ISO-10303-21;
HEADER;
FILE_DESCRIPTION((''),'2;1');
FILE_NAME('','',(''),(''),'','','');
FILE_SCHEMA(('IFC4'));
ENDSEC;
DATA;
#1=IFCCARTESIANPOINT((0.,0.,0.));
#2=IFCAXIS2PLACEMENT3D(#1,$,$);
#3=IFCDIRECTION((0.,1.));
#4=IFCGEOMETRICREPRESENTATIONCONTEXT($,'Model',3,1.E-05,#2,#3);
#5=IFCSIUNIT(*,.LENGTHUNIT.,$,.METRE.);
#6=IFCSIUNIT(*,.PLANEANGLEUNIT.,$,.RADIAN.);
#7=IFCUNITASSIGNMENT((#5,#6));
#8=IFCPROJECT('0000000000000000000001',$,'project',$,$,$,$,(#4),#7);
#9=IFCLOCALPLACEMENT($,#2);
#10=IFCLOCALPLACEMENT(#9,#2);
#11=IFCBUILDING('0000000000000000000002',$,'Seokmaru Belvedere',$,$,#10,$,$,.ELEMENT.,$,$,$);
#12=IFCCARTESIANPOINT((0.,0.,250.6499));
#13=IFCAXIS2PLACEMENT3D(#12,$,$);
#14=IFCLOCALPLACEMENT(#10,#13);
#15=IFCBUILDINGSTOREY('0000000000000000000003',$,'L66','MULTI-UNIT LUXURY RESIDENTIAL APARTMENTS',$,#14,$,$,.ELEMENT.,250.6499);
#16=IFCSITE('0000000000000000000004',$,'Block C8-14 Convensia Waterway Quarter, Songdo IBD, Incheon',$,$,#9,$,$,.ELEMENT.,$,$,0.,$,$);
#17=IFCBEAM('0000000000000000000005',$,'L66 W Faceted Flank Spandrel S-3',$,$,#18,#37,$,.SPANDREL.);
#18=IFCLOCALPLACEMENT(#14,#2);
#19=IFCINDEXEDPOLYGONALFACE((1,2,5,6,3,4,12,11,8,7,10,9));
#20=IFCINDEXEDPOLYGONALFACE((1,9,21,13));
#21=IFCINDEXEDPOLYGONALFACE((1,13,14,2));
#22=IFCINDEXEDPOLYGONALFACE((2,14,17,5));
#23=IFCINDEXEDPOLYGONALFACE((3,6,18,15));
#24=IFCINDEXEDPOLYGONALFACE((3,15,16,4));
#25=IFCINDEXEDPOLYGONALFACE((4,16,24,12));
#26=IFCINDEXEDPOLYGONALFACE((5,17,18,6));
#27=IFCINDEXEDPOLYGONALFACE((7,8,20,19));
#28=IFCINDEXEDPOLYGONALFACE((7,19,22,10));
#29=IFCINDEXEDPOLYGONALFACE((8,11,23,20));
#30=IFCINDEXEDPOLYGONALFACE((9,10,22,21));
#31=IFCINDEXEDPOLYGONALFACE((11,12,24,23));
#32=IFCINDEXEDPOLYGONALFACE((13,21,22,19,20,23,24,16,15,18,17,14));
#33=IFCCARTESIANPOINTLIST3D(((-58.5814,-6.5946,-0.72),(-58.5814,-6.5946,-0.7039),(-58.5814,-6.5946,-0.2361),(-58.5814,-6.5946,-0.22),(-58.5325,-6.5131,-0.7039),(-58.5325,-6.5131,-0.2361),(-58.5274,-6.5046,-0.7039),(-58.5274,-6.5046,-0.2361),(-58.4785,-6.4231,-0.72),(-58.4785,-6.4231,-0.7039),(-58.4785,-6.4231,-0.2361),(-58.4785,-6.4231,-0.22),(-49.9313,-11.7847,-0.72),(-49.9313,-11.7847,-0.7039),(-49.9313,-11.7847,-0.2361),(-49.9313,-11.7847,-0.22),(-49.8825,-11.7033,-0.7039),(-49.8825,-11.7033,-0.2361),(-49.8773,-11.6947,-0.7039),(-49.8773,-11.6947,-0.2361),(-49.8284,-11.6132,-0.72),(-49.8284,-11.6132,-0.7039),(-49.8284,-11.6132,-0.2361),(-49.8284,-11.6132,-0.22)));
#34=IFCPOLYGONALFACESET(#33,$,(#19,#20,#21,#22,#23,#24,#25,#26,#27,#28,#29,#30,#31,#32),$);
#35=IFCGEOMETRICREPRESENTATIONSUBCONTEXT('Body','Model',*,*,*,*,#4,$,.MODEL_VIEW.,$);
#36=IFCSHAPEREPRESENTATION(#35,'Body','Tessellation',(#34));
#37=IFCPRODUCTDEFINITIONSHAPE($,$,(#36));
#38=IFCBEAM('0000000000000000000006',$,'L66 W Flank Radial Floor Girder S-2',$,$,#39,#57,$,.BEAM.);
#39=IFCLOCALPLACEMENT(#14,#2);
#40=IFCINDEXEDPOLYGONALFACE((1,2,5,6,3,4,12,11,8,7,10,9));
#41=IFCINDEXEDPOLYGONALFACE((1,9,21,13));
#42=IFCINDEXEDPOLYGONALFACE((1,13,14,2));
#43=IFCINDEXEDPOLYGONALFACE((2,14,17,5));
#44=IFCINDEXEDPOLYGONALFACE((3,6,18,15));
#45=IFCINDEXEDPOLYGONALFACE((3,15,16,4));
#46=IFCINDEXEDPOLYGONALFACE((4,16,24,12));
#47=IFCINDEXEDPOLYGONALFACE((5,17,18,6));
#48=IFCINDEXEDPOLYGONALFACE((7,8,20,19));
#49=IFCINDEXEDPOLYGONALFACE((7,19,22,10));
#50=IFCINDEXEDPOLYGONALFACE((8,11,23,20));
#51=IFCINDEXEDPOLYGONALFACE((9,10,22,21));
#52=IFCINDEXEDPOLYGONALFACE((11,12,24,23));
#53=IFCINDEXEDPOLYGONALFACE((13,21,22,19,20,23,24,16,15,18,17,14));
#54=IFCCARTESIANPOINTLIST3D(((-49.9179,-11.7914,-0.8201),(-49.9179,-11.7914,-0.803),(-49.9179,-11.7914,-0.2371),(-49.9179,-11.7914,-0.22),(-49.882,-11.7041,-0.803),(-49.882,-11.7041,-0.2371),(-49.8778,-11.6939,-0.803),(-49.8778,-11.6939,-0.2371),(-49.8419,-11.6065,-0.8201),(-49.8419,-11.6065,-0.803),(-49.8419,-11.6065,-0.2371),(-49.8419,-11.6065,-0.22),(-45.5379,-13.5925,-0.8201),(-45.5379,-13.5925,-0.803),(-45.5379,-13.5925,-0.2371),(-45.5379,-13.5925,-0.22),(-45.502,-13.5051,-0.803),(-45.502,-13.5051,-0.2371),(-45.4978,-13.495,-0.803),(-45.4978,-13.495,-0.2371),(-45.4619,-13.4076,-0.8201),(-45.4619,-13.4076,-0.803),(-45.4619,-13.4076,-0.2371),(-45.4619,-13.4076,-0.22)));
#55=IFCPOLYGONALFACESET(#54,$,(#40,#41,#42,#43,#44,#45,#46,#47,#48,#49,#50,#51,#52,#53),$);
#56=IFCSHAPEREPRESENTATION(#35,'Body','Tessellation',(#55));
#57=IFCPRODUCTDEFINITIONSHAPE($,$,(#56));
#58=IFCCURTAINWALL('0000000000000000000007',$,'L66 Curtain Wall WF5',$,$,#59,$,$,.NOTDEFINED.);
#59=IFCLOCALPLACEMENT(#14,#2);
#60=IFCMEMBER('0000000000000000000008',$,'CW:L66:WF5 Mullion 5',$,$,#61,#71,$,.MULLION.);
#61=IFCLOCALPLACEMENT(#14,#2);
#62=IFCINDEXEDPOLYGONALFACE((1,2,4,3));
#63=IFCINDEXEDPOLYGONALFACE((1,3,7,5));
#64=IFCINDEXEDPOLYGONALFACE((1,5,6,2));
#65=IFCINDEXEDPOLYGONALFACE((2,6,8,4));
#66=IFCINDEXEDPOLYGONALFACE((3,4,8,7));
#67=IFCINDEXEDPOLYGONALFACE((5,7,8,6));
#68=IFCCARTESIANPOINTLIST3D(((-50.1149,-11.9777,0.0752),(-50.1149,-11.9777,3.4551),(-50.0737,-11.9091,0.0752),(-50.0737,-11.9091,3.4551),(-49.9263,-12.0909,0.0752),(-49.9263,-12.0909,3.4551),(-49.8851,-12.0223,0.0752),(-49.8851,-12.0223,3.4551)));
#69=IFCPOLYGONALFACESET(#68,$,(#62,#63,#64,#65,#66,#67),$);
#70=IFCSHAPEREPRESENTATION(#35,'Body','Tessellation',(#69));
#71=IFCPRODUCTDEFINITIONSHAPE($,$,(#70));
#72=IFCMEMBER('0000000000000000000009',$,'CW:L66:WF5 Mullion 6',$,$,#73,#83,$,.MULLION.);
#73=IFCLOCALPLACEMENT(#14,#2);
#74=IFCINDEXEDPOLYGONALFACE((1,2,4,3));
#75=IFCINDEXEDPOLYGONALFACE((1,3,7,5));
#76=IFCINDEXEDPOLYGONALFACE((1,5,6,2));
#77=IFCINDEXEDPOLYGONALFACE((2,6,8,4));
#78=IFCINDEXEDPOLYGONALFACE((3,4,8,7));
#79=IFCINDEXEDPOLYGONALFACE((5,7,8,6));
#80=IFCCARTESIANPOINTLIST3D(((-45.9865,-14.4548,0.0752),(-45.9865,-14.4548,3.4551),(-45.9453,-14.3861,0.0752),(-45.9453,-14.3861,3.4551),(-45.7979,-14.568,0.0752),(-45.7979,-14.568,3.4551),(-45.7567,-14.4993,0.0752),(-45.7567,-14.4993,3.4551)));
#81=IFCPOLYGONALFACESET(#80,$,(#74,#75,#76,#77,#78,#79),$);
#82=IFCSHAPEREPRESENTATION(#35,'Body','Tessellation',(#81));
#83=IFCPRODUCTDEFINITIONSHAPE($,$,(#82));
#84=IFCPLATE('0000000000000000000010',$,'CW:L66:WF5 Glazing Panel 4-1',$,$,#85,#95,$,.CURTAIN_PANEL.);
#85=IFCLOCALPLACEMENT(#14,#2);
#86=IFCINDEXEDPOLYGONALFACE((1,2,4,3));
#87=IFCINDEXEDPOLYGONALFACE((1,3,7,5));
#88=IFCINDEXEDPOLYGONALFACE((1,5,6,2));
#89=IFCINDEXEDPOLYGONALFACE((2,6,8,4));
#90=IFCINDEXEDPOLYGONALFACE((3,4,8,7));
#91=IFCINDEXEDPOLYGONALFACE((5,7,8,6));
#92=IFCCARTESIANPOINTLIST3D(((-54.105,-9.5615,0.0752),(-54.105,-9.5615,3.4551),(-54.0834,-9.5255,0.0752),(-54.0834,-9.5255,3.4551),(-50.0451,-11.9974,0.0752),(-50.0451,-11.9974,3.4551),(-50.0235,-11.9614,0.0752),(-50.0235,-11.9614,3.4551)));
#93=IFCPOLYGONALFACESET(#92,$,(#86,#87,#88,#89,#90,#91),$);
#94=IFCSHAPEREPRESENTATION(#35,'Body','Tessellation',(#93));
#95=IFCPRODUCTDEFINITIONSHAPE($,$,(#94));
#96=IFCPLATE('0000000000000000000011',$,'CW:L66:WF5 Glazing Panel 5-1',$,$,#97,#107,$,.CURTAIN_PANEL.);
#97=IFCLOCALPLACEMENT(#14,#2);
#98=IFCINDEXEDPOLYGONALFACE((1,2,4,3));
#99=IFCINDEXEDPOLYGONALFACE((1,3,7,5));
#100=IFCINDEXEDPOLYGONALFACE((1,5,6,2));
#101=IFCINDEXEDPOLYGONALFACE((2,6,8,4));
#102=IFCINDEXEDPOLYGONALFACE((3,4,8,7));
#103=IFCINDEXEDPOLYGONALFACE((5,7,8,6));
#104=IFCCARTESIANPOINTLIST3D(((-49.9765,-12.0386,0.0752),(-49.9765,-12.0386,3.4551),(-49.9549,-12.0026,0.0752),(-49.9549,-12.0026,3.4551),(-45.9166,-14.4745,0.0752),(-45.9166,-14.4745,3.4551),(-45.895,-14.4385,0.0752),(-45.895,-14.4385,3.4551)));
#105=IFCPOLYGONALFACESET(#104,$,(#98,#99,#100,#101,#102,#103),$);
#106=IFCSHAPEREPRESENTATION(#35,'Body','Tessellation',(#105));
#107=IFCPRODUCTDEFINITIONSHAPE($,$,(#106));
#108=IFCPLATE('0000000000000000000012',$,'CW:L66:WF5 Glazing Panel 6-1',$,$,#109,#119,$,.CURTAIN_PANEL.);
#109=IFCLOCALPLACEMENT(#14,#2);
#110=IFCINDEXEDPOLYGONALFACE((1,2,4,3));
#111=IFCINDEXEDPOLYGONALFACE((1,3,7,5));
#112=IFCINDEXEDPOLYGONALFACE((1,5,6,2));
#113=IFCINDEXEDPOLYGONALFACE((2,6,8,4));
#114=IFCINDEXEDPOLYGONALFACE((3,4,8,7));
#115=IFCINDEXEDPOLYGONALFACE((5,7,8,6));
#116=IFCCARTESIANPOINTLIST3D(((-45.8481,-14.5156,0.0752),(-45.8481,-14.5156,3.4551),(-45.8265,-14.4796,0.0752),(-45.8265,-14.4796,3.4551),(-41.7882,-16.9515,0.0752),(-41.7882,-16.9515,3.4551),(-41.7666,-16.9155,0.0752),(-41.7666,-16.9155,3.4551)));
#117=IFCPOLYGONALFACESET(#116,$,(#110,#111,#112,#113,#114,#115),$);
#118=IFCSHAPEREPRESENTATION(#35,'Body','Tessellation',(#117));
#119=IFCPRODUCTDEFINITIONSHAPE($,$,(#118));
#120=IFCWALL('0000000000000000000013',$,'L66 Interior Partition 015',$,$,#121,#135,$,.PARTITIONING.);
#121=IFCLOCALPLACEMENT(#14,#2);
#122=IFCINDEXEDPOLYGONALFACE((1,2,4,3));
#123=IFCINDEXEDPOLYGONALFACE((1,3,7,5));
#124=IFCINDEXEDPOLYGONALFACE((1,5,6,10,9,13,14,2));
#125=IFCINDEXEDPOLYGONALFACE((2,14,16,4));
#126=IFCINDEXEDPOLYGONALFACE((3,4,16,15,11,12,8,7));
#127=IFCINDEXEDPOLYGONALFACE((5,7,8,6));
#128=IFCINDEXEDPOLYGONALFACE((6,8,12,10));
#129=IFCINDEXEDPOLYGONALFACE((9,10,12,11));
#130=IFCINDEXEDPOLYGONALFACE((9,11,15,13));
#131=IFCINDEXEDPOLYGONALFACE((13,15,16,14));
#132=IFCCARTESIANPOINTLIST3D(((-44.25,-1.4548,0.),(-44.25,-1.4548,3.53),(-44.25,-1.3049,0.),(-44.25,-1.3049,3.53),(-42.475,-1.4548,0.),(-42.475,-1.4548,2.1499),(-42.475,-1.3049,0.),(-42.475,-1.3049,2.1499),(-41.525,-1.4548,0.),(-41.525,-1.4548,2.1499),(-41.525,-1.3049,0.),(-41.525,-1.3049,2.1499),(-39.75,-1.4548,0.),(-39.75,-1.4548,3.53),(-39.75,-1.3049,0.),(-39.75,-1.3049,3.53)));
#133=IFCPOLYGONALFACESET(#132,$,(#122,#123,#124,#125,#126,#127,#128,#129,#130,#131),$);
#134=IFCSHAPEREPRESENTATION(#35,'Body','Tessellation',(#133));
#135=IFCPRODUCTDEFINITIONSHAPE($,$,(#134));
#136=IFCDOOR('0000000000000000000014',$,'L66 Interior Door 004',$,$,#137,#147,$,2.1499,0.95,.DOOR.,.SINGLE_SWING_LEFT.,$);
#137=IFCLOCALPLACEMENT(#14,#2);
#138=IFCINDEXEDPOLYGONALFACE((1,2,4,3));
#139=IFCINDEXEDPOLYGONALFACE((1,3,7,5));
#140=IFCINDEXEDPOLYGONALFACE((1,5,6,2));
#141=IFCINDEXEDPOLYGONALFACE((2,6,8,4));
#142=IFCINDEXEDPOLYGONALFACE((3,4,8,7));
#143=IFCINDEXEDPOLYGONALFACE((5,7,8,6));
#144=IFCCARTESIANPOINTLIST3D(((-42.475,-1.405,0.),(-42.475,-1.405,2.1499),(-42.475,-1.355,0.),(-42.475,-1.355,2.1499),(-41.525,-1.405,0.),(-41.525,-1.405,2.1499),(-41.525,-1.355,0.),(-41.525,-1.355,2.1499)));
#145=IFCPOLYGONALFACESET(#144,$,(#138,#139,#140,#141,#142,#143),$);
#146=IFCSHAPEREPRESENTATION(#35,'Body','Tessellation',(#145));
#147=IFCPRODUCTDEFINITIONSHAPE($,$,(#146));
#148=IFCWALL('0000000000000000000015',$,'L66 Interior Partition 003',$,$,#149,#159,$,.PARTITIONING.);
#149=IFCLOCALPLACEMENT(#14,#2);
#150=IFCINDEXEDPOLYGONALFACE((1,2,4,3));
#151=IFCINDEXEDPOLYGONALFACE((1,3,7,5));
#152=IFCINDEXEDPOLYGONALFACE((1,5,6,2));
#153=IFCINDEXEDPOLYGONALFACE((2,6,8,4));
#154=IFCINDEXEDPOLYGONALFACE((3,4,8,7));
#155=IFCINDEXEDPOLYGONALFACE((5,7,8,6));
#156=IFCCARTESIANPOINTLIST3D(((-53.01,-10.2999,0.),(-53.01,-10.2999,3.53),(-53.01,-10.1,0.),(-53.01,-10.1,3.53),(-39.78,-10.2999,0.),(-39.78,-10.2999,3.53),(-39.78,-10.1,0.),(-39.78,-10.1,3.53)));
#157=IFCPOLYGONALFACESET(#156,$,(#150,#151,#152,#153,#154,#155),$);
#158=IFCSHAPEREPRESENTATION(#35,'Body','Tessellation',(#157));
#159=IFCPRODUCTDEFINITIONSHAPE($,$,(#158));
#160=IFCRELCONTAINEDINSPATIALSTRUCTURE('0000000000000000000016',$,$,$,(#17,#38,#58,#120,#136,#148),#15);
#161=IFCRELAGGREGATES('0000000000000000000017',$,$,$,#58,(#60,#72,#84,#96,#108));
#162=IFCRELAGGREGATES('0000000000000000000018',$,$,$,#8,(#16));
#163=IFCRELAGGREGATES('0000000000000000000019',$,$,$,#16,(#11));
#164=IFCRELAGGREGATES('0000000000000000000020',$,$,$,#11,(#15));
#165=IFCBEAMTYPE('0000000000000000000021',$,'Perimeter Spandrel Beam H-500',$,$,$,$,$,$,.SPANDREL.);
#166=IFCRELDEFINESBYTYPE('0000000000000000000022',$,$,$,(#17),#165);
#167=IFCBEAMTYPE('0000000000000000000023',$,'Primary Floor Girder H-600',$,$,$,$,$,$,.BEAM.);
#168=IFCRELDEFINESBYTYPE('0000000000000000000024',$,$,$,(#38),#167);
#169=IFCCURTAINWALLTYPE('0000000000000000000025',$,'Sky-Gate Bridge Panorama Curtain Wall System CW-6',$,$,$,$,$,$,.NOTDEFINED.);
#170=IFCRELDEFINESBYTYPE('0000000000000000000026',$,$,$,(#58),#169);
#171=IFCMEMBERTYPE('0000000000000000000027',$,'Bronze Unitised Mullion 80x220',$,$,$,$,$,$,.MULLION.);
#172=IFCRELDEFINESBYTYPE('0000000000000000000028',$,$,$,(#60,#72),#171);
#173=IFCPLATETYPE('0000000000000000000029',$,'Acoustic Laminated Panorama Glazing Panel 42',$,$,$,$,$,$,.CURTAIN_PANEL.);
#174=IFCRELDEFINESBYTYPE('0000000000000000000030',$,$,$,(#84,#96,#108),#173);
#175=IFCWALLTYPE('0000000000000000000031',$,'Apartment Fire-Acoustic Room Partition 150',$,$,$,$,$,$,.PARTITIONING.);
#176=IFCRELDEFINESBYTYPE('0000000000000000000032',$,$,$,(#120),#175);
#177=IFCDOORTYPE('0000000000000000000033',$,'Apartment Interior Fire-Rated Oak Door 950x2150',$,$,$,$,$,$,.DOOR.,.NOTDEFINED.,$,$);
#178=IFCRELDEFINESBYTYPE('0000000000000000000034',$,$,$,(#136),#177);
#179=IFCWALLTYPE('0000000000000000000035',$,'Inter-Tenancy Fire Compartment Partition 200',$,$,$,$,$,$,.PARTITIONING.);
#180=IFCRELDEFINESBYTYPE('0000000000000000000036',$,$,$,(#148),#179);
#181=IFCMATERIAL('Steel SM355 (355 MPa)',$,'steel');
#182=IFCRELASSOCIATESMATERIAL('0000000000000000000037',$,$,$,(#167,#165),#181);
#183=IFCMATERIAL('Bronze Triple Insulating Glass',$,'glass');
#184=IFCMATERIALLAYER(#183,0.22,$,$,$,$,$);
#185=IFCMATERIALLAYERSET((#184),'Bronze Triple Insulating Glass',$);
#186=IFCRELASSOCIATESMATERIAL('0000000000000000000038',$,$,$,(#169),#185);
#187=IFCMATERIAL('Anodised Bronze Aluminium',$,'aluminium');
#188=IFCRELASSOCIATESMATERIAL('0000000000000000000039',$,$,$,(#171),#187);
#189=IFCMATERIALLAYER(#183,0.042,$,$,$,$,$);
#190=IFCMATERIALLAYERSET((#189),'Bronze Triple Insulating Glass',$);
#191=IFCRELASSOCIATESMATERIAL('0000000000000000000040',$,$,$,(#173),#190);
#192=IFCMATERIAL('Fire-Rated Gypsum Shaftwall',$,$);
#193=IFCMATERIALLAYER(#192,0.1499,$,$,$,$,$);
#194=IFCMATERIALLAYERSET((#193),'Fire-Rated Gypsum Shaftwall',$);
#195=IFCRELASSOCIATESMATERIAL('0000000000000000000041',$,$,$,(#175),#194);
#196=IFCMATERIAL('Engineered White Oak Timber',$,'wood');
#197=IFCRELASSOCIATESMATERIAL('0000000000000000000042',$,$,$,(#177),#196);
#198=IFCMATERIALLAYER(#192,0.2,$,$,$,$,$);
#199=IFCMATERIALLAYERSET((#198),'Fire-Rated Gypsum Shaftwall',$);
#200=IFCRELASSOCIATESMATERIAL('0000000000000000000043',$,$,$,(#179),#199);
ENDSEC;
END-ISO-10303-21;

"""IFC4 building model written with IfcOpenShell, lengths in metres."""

from ifc_helpers import new_model, si_unit, direction, frame, frame_2d, origin, origin_2d, place, context, subcontext, project, spatial, rectangle, i_section, extrude, source, transform, mapped, material, layer, layer_set, material_profile, profile_set, type_object, type_shapes, element, fill, aggregate, save


model = new_model("IFC4")

# Units and contexts
model_context = context("Model", 3, precision=1e-05, world=origin(), true_north=direction((0.0, 1.0)))
body_context = subcontext(model_context, "Body", "Model", "MODEL_VIEW")
ifc_project = project(units=[si_unit("LENGTHUNIT", "METRE"), si_unit("PLANEANGLEUNIT", "RADIAN")], contexts=[model_context])

# Site, building, storey
site_placement = place(None, origin())
site = spatial("IfcSite", under=ifc_project, at=site_placement, Name="Block C8-14 Convensia Waterway Quarter, Songdo IBD, Incheon", CompositionType="ELEMENT", RefElevation=0.0)
building_placement = place(site_placement, origin())
building = spatial("IfcBuilding", under=site, at=building_placement, Name="Seokmaru Belvedere", CompositionType="ELEMENT")
storey_placement = place(building_placement, frame((0.0, 0.0, 250.6499)))
storey = spatial("IfcBuildingStorey", under=building, at=storey_placement, Name="L66", Description="MULTI-UNIT LUXURY RESIDENTIAL APARTMENTS", CompositionType="ELEMENT", Elevation=250.6499)

# Shared definitions
ifc_material_1 = material(Name="Steel SM355 (355 MPa)", Category="steel")

# Beams
ifc_material_profile_1 = material_profile(ifc_material_1, i_section(OverallWidth=0.2, OverallDepth=0.6001, WebThickness=0.011, FlangeThickness=0.0171, at=origin_2d()), Name="H-600x200x11x17")
ifc_profile_set_1 = profile_set([ifc_material_profile_1], Name="Steel SM355 (355 MPa)")
beam_type_1 = type_object("IfcBeamType", Name="Primary Floor Girder H-600", PredefinedType="BEAM", material=ifc_profile_set_1)
ifc_material_profile_2 = material_profile(ifc_material_1, i_section(OverallWidth=0.2, OverallDepth=0.5, WebThickness=0.01, FlangeThickness=0.0161, at=origin_2d()), Name="H-500x200x10x16")
ifc_profile_set_2 = profile_set([ifc_material_profile_2], Name="Steel SM355 (355 MPa)")
beam_type_2 = type_object("IfcBeamType", Name="Perimeter Spandrel Beam H-500", PredefinedType="SPANDREL", material=ifc_profile_set_2)
shared_shape_1 = source(origin(), body_context, "Body", "SweptSolid", [
    extrude(i_section(OverallWidth=0.2, OverallDepth=0.5, WebThickness=0.01, FlangeThickness=0.0161, at=origin_2d()), origin(), (0.0, 0.0, 1.0), 10.0876),
])
type_shapes(beam_type_2, [shared_shape_1])
beam_1_placement = place(storey_placement, frame((-49.8799, -11.699, -0.47), z_axis=(-0.857489, 0.514503, 0.0), x_axis=(-0.514503, -0.857489, 0.0)))
element("IfcBeam", 1, at=beam_1_placement, inside=storey, type_object=beam_type_2, Name="L66 W Faceted Flank Spandrel S-3", PredefinedType="SPANDREL", context=body_context, shape_type="MappedRepresentation", body=[
    mapped(shared_shape_1, transform((0.0, 0.0, 0.0), scale=1.0)),
])
shared_shape_2 = source(origin(), body_context, "Body", "SweptSolid", [
    extrude(i_section(OverallWidth=0.2, OverallDepth=0.6001, WebThickness=0.011, FlangeThickness=0.0171, at=origin_2d()), origin(), (0.0, 0.0, 1.0), 4.7358),
])
beam_2_placement = place(storey_placement, frame((-49.8799, -11.699, -0.52), z_axis=(0.924861, -0.380306, 0.0), x_axis=(0.380306, 0.924861, 0.0)))
element("IfcBeam", 2, at=beam_2_placement, inside=storey, type_object=beam_type_1, Name="L66 W Flank Radial Floor Girder S-2", PredefinedType="BEAM", context=body_context, shape_type="MappedRepresentation", body=[
    mapped(shared_shape_2, transform((0.0, 0.0, 0.0), scale=1.0)),
])

# Curtain wall, members, plates
ifc_material_2 = material(Name="Bronze Triple Insulating Glass", Category="glass")
ifc_layer_1 = layer(ifc_material_2, 0.22)
ifc_layer_set_1 = layer_set([ifc_layer_1], Name="Bronze Triple Insulating Glass")
curtain_wall_type = type_object("IfcCurtainWallType", Name="Sky-Gate Bridge Panorama Curtain Wall System CW-6", PredefinedType="NOTDEFINED", material=ifc_layer_set_1)
curtain_wall_placement = place(storey_placement, origin())
curtain_wall = element("IfcCurtainWall", 3, at=curtain_wall_placement, inside=storey, type_object=curtain_wall_type, Name="L66 Curtain Wall WF5", PredefinedType="NOTDEFINED")
ifc_material_3 = material(Name="Anodised Bronze Aluminium", Category="aluminium")
ifc_material_profile_3 = material_profile(ifc_material_3, rectangle(XDim=0.0801, YDim=0.22, at=origin_2d()), Name="CW-M-80x220")
ifc_profile_set_3 = profile_set([ifc_material_profile_3], Name="Anodised Bronze Aluminium")
member_type = type_object("IfcMemberType", Name="Bronze Unitised Mullion 80x220", PredefinedType="MULLION", material=ifc_profile_set_3)
shared_shape_3 = source(origin(), body_context, "Body", "SweptSolid", [
    extrude(rectangle(XDim=0.0801, YDim=0.22, at=origin_2d()), origin(), (0.0, 0.0, 1.0), 3.3799),
])
type_shapes(member_type, [shared_shape_3])
member_1_placement = place(storey_placement, frame((-50.0, -12.0, 0.0752), z_axis=(0.0, 0.0, 1.0), x_axis=(0.514495, 0.857493, 0.0)))
member_1 = element("IfcMember", 4, at=member_1_placement, type_object=member_type, Name="CW:L66:WF5 Mullion 5", PredefinedType="MULLION", context=body_context, shape_type="MappedRepresentation", body=[
    mapped(shared_shape_3, transform((0.0, 0.0, 0.0), scale=1.0)),
])
member_2_placement = place(storey_placement, frame((-45.8716, -14.4771, 0.0752), z_axis=(0.0, 0.0, 1.0), x_axis=(0.514495, 0.857493, 0.0)))
member_2 = element("IfcMember", 5, at=member_2_placement, type_object=member_type, Name="CW:L66:WF5 Mullion 6", PredefinedType="MULLION", context=body_context, shape_type="MappedRepresentation", body=[
    mapped(shared_shape_3, transform((0.0, 0.0, 0.0), scale=1.0)),
])
ifc_layer_2 = layer(ifc_material_2, 0.042)
ifc_layer_set_2 = layer_set([ifc_layer_2], Name="Bronze Triple Insulating Glass")
plate_type = type_object("IfcPlateType", Name="Acoustic Laminated Panorama Glazing Panel 42", PredefinedType="CURTAIN_PANEL", material=ifc_layer_set_2)
shared_shape_4 = source(origin(), body_context, "Body", "SweptSolid", [
    extrude(rectangle(XDim=4.7346, YDim=0.042, at=origin_2d()), origin(), (0.0, 0.0, 1.0), 3.3799),
])
type_shapes(plate_type, [shared_shape_4])
plate_1_placement = place(storey_placement, frame((-52.0642, -10.7615, 0.0752), z_axis=(0.0, 0.0, 1.0), x_axis=(0.857493, -0.514495, 0.0)))
plate_1 = element("IfcPlate", 6, at=plate_1_placement, type_object=plate_type, Name="CW:L66:WF5 Glazing Panel 4-1", PredefinedType="CURTAIN_PANEL", context=body_context, shape_type="MappedRepresentation", body=[
    mapped(shared_shape_4, transform((0.0, 0.0, 0.0), scale=1.0)),
])
plate_2_placement = place(storey_placement, frame((-47.9358, -13.2385, 0.0752), z_axis=(0.0, 0.0, 1.0), x_axis=(0.857493, -0.514495, 0.0)))
plate_2 = element("IfcPlate", 7, at=plate_2_placement, type_object=plate_type, Name="CW:L66:WF5 Glazing Panel 5-1", PredefinedType="CURTAIN_PANEL", context=body_context, shape_type="MappedRepresentation", body=[
    mapped(shared_shape_4, transform((0.0, 0.0, 0.0), scale=1.0)),
])
plate_3_placement = place(storey_placement, frame((-43.8074, -15.7156, 0.0752), z_axis=(0.0, 0.0, 1.0), x_axis=(0.857493, -0.514495, 0.0)))
plate_3 = element("IfcPlate", 8, at=plate_3_placement, type_object=plate_type, Name="CW:L66:WF5 Glazing Panel 6-1", PredefinedType="CURTAIN_PANEL", context=body_context, shape_type="MappedRepresentation", body=[
    mapped(shared_shape_4, transform((0.0, 0.0, 0.0), scale=1.0)),
])
aggregate(curtain_wall, [member_1, member_2, plate_1, plate_2, plate_3])

# Wall, opening, door
ifc_material_4 = material(Name="Fire-Rated Gypsum Shaftwall")
ifc_layer_3 = layer(ifc_material_4, 0.1499)
ifc_layer_set_3 = layer_set([ifc_layer_3], Name="Fire-Rated Gypsum Shaftwall")
wall_type_1 = type_object("IfcWallType", Name="Apartment Fire-Acoustic Room Partition 150", PredefinedType="PARTITIONING", material=ifc_layer_set_3)
wall_1_placement = place(storey_placement, frame((-44.25, -1.3799, 0.0), z_axis=(0.0, 0.0, 1.0), x_axis=(1.0, 0.0, 0.0)))
wall_1 = element("IfcWall", 9, at=wall_1_placement, inside=storey, type_object=wall_type_1, Name="L66 Interior Partition 015", PredefinedType="PARTITIONING", context=body_context, shape_type="SweptSolid", body=[
    extrude(rectangle(XDim=4.5, YDim=0.1499, at=frame_2d((2.25, 0.0))), origin(), (0.0, 0.0, 1.0), 3.53),
])
opening_1_placement = place(wall_1_placement, frame((1.7749, 0.0, 0.0)))
opening_1 = element("IfcOpeningElement", 10, at=opening_1_placement, cuts=wall_1, PredefinedType="OPENING", context=body_context, shape_type="SweptSolid", body=[
    extrude(rectangle(XDim=0.95, YDim=2.1499, at=frame_2d((0.4751, 1.075))), frame((0.0, 0.085, 0.0), z_axis=(0.0, -1.0, 0.0), x_axis=(1.0, 0.0, 0.0)), (0.0, 0.0, 1.0), 0.1699),
])
ifc_material_5 = material(Name="Engineered White Oak Timber", Category="wood")
door_type_1 = type_object("IfcDoorType", Name="Apartment Interior Fire-Rated Oak Door 950x2150", OperationType="NOTDEFINED", PredefinedType="DOOR", material=ifc_material_5)
shared_shape_5 = source(origin(), body_context, "Body", "SweptSolid", [
    extrude(rectangle(XDim=0.95, YDim=2.1499, at=frame_2d((0.4751, 1.075))), frame((0.0, 0.0249, 0.0), z_axis=(0.0, -1.0, 0.0), x_axis=(1.0, 0.0, 0.0)), (0.0, 0.0, 1.0), 0.05),
])
type_shapes(door_type_1, [shared_shape_5])
door_1_placement = place(opening_1_placement, origin())
door_1 = element("IfcDoor", 11, at=door_1_placement, inside=storey, type_object=door_type_1, Name="L66 Interior Door 004", OperationType="SINGLE_SWING_LEFT", OverallHeight=2.1499, OverallWidth=0.95, PredefinedType="DOOR", context=body_context, shape_type="MappedRepresentation", body=[
    mapped(shared_shape_5, transform((0.0, 0.0, 0.0), scale=1.0)),
])
fill(opening_1, door_1)

# Wall
ifc_layer_4 = layer(ifc_material_4, 0.2)
ifc_layer_set_4 = layer_set([ifc_layer_4], Name="Fire-Rated Gypsum Shaftwall")
wall_type_2 = type_object("IfcWallType", Name="Inter-Tenancy Fire Compartment Partition 200", PredefinedType="PARTITIONING", material=ifc_layer_set_4)
wall_2_placement = place(storey_placement, frame((-53.01, -10.2, 0.0), z_axis=(0.0, 0.0, 1.0), x_axis=(1.0, 0.0, 0.0)))
element("IfcWall", 12, at=wall_2_placement, inside=storey, type_object=wall_type_2, Name="L66 Interior Partition 003", PredefinedType="PARTITIONING", context=body_context, shape_type="SweptSolid", body=[
    extrude(rectangle(XDim=13.23, YDim=0.2, at=frame_2d((6.615, 0.0))), origin(), (0.0, 0.0, 1.0), 3.53),
])

save(model, "model.ifc")
